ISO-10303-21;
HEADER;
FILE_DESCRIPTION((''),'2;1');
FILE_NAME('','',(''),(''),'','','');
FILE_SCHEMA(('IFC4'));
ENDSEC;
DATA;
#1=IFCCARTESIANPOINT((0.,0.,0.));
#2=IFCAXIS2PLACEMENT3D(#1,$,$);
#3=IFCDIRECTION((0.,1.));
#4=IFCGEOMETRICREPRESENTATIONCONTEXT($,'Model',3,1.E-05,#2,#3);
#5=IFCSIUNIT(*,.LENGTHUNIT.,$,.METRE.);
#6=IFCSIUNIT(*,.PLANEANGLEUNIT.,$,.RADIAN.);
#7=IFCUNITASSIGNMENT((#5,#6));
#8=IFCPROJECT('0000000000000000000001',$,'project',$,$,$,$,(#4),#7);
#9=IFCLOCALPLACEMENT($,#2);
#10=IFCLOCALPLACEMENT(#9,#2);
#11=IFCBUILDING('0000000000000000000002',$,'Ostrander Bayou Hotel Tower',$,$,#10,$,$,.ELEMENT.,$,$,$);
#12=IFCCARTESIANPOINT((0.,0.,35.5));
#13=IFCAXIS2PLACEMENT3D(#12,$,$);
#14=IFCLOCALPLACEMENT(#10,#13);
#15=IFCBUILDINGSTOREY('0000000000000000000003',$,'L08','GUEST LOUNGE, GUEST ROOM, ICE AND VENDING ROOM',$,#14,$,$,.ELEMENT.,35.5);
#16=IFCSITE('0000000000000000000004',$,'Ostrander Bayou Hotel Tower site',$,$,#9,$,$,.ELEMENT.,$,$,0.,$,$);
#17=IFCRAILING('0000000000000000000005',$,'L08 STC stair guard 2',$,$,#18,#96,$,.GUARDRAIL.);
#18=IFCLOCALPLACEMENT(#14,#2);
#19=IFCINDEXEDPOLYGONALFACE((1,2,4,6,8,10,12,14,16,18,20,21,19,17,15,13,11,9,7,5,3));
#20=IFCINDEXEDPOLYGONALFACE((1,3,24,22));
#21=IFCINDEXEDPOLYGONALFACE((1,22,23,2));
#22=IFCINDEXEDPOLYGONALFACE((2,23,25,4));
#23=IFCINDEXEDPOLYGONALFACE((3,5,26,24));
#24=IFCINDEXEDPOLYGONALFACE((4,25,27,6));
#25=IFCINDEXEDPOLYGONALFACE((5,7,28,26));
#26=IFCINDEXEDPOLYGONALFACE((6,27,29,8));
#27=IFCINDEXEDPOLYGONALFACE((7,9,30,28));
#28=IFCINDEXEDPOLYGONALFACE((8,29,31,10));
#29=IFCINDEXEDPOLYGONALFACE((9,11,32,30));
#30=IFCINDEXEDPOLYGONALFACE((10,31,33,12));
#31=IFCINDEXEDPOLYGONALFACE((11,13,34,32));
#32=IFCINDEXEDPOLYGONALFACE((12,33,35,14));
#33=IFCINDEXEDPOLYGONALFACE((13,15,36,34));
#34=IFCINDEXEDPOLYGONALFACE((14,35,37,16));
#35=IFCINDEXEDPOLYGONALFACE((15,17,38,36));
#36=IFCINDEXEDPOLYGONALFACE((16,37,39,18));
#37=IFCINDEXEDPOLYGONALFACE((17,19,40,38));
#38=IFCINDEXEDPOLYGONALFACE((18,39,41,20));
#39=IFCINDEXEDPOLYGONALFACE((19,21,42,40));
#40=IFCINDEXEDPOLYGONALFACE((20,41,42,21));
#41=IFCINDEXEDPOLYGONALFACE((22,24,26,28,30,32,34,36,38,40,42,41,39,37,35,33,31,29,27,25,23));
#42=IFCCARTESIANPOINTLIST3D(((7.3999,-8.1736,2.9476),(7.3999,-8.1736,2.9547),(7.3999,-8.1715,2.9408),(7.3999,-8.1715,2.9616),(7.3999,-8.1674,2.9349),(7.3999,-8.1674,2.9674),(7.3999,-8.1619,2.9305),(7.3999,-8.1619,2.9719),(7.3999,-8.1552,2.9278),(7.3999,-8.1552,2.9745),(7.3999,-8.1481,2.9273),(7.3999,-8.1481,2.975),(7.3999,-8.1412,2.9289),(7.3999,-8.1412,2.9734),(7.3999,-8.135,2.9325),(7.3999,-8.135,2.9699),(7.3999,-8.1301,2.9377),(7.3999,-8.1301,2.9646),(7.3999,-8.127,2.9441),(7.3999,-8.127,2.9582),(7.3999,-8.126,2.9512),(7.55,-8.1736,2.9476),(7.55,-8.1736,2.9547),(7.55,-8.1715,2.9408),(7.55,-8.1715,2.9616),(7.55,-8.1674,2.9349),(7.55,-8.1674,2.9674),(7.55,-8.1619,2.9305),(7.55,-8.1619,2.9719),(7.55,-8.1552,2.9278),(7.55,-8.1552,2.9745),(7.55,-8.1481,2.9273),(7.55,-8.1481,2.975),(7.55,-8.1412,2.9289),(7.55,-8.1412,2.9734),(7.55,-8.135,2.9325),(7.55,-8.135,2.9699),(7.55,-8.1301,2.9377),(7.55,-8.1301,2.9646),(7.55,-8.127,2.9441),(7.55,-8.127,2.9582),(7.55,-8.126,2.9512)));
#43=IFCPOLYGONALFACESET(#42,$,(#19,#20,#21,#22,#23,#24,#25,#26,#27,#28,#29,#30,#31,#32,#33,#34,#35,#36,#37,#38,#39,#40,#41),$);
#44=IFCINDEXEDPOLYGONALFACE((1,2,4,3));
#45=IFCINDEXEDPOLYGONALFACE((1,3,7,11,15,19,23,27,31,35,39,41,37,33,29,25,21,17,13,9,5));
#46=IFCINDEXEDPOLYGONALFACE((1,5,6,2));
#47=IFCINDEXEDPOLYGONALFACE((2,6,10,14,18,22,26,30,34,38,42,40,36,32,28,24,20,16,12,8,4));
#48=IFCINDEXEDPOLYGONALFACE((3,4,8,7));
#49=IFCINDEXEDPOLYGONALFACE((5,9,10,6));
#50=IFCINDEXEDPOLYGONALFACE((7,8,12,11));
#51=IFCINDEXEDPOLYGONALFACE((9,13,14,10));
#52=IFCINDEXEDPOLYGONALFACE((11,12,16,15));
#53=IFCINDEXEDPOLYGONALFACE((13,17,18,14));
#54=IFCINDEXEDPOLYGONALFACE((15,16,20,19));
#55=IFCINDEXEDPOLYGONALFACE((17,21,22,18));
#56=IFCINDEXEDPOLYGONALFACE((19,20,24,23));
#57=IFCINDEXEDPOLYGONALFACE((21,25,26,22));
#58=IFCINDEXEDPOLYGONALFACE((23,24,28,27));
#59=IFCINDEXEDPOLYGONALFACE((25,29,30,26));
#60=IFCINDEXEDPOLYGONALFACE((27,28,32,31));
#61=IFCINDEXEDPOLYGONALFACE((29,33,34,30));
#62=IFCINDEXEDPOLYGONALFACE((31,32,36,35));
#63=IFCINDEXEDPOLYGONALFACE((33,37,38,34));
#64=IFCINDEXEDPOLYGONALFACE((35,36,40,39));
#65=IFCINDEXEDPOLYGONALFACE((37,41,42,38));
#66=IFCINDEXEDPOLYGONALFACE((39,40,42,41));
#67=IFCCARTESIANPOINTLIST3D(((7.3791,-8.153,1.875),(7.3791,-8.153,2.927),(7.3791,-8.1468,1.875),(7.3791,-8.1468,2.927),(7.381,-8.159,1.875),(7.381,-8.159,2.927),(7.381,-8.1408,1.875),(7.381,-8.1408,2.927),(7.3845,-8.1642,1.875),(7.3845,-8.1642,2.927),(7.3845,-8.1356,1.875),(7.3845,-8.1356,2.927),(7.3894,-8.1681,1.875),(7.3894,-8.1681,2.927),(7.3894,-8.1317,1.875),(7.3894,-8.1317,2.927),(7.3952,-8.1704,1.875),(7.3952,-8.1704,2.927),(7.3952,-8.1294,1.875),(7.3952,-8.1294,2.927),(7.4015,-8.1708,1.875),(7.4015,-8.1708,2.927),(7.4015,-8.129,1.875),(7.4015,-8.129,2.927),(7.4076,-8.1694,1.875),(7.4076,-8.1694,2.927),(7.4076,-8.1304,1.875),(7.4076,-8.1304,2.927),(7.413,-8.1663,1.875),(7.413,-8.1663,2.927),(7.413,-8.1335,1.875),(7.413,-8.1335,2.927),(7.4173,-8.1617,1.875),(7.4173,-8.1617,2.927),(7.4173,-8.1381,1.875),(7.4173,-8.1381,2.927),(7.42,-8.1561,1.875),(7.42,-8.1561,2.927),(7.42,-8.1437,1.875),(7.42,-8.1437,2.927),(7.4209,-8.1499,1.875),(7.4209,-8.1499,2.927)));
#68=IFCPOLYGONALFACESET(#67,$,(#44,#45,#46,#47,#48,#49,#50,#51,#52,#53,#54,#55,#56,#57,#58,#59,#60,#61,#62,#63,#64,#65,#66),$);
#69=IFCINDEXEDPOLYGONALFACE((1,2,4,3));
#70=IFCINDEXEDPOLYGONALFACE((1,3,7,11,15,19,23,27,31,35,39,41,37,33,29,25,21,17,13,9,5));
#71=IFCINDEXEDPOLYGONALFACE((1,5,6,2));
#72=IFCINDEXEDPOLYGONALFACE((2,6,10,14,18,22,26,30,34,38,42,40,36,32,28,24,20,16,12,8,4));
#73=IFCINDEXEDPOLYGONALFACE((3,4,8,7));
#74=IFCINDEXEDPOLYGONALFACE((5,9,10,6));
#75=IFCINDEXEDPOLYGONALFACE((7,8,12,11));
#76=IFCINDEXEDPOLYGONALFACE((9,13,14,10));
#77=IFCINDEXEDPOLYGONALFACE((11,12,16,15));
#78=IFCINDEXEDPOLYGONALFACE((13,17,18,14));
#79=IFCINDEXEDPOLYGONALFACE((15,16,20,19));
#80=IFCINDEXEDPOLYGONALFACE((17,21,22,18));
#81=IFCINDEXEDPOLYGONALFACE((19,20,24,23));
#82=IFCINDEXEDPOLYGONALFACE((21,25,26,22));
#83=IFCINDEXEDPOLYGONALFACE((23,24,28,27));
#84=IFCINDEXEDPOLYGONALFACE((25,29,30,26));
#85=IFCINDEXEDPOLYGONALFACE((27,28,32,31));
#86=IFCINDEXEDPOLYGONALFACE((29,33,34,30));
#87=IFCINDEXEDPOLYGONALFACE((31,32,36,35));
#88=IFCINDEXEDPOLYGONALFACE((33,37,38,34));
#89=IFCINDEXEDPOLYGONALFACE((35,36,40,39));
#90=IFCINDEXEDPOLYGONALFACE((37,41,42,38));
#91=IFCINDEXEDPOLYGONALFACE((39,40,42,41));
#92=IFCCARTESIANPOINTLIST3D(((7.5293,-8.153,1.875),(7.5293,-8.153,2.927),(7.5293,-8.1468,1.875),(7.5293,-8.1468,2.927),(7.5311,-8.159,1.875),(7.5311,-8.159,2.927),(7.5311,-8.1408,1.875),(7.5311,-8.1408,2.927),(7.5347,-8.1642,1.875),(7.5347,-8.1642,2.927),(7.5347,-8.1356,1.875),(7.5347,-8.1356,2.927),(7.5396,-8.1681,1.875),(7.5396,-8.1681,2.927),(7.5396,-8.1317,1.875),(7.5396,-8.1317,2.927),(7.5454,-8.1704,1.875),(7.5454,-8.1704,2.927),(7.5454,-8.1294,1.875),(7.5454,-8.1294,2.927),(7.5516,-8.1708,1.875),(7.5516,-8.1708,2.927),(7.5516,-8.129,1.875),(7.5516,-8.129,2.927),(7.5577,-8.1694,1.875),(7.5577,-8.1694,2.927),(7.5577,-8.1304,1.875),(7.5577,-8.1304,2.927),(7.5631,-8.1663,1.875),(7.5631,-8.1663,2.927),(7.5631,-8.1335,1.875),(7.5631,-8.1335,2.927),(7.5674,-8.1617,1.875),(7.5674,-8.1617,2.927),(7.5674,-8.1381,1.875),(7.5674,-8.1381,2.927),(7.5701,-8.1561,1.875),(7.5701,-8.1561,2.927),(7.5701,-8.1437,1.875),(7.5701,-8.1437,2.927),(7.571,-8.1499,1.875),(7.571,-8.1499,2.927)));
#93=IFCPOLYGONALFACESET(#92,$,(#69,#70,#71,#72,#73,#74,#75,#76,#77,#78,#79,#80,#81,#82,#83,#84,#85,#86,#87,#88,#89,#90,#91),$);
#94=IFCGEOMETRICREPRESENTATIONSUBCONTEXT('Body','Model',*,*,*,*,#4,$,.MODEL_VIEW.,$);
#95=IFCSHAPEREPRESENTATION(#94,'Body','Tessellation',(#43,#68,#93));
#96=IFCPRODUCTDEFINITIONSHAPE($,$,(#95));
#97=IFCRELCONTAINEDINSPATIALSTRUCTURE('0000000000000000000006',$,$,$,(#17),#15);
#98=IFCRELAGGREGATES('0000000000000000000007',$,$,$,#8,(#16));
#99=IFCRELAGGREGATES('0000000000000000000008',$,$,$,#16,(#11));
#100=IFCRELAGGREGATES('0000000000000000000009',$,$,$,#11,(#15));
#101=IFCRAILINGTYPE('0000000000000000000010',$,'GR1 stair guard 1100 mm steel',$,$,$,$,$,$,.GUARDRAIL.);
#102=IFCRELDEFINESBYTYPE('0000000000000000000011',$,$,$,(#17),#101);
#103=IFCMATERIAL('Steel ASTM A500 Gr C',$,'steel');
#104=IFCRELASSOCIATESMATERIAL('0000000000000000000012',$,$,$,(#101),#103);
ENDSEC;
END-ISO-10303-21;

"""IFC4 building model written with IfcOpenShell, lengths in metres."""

from ifc_helpers import new_model, si_unit, direction, frame, origin, origin_2d, place, context, subcontext, project, spatial, circle, extrude, material, type_object, element, save


model = new_model("IFC4")

# Units and contexts
model_context = context("Model", 3, precision=1e-05, world=origin(), true_north=direction((0.0, 1.0)))
body_context = subcontext(model_context, "Body", "Model", "MODEL_VIEW")
ifc_project = project(units=[si_unit("LENGTHUNIT", "METRE"), si_unit("PLANEANGLEUNIT", "RADIAN")], contexts=[model_context])

# Site, building, storey
site_placement = place(None, origin())
site = spatial("IfcSite", under=ifc_project, at=site_placement, Name="Ostrander Bayou Hotel Tower site", CompositionType="ELEMENT", RefElevation=0.0)
building_placement = place(site_placement, origin())
building = spatial("IfcBuilding", under=site, at=building_placement, Name="Ostrander Bayou Hotel Tower", CompositionType="ELEMENT")
storey_placement = place(building_placement, frame((0.0, 0.0, 35.5)))
storey = spatial("IfcBuildingStorey", under=building, at=storey_placement, Name="L08", Description="GUEST LOUNGE, GUEST ROOM, ICE AND VENDING ROOM", CompositionType="ELEMENT", Elevation=35.5)

# Railing
ifc_material_1 = material(Name="Steel ASTM A500 Gr C", Category="steel")
railing_type_1 = type_object("IfcRailingType", Name="GR1 stair guard 1100 mm steel", PredefinedType="GUARDRAIL", material=ifc_material_1)
railing_1_placement = place(storey_placement, frame((7.3999, -8.1499, 1.875)))
element("IfcRailing", 1, at=railing_1_placement, inside=storey, type_object=railing_type_1, Name="L08 STC stair guard 2", PredefinedType="GUARDRAIL", context=body_context, shape_type="SweptSolid", body=[
    extrude(circle(Radius=0.0239, at=origin_2d()), frame((0.0, 0.0, 1.0762), z_axis=(1.0, 0.0, 0.0), x_axis=(0.0, 1.0, 0.0)), (0.0, 0.0, 1.0), 0.1501),
    extrude(circle(Radius=0.021, at=origin_2d()), origin(), (0.0, 0.0, 1.0), 1.052),
    extrude(circle(Radius=0.021, at=origin_2d()), frame((0.1501, 0.0, 0.0)), (0.0, 0.0, 1.0), 1.052),
])

save(model, "model.ifc")
